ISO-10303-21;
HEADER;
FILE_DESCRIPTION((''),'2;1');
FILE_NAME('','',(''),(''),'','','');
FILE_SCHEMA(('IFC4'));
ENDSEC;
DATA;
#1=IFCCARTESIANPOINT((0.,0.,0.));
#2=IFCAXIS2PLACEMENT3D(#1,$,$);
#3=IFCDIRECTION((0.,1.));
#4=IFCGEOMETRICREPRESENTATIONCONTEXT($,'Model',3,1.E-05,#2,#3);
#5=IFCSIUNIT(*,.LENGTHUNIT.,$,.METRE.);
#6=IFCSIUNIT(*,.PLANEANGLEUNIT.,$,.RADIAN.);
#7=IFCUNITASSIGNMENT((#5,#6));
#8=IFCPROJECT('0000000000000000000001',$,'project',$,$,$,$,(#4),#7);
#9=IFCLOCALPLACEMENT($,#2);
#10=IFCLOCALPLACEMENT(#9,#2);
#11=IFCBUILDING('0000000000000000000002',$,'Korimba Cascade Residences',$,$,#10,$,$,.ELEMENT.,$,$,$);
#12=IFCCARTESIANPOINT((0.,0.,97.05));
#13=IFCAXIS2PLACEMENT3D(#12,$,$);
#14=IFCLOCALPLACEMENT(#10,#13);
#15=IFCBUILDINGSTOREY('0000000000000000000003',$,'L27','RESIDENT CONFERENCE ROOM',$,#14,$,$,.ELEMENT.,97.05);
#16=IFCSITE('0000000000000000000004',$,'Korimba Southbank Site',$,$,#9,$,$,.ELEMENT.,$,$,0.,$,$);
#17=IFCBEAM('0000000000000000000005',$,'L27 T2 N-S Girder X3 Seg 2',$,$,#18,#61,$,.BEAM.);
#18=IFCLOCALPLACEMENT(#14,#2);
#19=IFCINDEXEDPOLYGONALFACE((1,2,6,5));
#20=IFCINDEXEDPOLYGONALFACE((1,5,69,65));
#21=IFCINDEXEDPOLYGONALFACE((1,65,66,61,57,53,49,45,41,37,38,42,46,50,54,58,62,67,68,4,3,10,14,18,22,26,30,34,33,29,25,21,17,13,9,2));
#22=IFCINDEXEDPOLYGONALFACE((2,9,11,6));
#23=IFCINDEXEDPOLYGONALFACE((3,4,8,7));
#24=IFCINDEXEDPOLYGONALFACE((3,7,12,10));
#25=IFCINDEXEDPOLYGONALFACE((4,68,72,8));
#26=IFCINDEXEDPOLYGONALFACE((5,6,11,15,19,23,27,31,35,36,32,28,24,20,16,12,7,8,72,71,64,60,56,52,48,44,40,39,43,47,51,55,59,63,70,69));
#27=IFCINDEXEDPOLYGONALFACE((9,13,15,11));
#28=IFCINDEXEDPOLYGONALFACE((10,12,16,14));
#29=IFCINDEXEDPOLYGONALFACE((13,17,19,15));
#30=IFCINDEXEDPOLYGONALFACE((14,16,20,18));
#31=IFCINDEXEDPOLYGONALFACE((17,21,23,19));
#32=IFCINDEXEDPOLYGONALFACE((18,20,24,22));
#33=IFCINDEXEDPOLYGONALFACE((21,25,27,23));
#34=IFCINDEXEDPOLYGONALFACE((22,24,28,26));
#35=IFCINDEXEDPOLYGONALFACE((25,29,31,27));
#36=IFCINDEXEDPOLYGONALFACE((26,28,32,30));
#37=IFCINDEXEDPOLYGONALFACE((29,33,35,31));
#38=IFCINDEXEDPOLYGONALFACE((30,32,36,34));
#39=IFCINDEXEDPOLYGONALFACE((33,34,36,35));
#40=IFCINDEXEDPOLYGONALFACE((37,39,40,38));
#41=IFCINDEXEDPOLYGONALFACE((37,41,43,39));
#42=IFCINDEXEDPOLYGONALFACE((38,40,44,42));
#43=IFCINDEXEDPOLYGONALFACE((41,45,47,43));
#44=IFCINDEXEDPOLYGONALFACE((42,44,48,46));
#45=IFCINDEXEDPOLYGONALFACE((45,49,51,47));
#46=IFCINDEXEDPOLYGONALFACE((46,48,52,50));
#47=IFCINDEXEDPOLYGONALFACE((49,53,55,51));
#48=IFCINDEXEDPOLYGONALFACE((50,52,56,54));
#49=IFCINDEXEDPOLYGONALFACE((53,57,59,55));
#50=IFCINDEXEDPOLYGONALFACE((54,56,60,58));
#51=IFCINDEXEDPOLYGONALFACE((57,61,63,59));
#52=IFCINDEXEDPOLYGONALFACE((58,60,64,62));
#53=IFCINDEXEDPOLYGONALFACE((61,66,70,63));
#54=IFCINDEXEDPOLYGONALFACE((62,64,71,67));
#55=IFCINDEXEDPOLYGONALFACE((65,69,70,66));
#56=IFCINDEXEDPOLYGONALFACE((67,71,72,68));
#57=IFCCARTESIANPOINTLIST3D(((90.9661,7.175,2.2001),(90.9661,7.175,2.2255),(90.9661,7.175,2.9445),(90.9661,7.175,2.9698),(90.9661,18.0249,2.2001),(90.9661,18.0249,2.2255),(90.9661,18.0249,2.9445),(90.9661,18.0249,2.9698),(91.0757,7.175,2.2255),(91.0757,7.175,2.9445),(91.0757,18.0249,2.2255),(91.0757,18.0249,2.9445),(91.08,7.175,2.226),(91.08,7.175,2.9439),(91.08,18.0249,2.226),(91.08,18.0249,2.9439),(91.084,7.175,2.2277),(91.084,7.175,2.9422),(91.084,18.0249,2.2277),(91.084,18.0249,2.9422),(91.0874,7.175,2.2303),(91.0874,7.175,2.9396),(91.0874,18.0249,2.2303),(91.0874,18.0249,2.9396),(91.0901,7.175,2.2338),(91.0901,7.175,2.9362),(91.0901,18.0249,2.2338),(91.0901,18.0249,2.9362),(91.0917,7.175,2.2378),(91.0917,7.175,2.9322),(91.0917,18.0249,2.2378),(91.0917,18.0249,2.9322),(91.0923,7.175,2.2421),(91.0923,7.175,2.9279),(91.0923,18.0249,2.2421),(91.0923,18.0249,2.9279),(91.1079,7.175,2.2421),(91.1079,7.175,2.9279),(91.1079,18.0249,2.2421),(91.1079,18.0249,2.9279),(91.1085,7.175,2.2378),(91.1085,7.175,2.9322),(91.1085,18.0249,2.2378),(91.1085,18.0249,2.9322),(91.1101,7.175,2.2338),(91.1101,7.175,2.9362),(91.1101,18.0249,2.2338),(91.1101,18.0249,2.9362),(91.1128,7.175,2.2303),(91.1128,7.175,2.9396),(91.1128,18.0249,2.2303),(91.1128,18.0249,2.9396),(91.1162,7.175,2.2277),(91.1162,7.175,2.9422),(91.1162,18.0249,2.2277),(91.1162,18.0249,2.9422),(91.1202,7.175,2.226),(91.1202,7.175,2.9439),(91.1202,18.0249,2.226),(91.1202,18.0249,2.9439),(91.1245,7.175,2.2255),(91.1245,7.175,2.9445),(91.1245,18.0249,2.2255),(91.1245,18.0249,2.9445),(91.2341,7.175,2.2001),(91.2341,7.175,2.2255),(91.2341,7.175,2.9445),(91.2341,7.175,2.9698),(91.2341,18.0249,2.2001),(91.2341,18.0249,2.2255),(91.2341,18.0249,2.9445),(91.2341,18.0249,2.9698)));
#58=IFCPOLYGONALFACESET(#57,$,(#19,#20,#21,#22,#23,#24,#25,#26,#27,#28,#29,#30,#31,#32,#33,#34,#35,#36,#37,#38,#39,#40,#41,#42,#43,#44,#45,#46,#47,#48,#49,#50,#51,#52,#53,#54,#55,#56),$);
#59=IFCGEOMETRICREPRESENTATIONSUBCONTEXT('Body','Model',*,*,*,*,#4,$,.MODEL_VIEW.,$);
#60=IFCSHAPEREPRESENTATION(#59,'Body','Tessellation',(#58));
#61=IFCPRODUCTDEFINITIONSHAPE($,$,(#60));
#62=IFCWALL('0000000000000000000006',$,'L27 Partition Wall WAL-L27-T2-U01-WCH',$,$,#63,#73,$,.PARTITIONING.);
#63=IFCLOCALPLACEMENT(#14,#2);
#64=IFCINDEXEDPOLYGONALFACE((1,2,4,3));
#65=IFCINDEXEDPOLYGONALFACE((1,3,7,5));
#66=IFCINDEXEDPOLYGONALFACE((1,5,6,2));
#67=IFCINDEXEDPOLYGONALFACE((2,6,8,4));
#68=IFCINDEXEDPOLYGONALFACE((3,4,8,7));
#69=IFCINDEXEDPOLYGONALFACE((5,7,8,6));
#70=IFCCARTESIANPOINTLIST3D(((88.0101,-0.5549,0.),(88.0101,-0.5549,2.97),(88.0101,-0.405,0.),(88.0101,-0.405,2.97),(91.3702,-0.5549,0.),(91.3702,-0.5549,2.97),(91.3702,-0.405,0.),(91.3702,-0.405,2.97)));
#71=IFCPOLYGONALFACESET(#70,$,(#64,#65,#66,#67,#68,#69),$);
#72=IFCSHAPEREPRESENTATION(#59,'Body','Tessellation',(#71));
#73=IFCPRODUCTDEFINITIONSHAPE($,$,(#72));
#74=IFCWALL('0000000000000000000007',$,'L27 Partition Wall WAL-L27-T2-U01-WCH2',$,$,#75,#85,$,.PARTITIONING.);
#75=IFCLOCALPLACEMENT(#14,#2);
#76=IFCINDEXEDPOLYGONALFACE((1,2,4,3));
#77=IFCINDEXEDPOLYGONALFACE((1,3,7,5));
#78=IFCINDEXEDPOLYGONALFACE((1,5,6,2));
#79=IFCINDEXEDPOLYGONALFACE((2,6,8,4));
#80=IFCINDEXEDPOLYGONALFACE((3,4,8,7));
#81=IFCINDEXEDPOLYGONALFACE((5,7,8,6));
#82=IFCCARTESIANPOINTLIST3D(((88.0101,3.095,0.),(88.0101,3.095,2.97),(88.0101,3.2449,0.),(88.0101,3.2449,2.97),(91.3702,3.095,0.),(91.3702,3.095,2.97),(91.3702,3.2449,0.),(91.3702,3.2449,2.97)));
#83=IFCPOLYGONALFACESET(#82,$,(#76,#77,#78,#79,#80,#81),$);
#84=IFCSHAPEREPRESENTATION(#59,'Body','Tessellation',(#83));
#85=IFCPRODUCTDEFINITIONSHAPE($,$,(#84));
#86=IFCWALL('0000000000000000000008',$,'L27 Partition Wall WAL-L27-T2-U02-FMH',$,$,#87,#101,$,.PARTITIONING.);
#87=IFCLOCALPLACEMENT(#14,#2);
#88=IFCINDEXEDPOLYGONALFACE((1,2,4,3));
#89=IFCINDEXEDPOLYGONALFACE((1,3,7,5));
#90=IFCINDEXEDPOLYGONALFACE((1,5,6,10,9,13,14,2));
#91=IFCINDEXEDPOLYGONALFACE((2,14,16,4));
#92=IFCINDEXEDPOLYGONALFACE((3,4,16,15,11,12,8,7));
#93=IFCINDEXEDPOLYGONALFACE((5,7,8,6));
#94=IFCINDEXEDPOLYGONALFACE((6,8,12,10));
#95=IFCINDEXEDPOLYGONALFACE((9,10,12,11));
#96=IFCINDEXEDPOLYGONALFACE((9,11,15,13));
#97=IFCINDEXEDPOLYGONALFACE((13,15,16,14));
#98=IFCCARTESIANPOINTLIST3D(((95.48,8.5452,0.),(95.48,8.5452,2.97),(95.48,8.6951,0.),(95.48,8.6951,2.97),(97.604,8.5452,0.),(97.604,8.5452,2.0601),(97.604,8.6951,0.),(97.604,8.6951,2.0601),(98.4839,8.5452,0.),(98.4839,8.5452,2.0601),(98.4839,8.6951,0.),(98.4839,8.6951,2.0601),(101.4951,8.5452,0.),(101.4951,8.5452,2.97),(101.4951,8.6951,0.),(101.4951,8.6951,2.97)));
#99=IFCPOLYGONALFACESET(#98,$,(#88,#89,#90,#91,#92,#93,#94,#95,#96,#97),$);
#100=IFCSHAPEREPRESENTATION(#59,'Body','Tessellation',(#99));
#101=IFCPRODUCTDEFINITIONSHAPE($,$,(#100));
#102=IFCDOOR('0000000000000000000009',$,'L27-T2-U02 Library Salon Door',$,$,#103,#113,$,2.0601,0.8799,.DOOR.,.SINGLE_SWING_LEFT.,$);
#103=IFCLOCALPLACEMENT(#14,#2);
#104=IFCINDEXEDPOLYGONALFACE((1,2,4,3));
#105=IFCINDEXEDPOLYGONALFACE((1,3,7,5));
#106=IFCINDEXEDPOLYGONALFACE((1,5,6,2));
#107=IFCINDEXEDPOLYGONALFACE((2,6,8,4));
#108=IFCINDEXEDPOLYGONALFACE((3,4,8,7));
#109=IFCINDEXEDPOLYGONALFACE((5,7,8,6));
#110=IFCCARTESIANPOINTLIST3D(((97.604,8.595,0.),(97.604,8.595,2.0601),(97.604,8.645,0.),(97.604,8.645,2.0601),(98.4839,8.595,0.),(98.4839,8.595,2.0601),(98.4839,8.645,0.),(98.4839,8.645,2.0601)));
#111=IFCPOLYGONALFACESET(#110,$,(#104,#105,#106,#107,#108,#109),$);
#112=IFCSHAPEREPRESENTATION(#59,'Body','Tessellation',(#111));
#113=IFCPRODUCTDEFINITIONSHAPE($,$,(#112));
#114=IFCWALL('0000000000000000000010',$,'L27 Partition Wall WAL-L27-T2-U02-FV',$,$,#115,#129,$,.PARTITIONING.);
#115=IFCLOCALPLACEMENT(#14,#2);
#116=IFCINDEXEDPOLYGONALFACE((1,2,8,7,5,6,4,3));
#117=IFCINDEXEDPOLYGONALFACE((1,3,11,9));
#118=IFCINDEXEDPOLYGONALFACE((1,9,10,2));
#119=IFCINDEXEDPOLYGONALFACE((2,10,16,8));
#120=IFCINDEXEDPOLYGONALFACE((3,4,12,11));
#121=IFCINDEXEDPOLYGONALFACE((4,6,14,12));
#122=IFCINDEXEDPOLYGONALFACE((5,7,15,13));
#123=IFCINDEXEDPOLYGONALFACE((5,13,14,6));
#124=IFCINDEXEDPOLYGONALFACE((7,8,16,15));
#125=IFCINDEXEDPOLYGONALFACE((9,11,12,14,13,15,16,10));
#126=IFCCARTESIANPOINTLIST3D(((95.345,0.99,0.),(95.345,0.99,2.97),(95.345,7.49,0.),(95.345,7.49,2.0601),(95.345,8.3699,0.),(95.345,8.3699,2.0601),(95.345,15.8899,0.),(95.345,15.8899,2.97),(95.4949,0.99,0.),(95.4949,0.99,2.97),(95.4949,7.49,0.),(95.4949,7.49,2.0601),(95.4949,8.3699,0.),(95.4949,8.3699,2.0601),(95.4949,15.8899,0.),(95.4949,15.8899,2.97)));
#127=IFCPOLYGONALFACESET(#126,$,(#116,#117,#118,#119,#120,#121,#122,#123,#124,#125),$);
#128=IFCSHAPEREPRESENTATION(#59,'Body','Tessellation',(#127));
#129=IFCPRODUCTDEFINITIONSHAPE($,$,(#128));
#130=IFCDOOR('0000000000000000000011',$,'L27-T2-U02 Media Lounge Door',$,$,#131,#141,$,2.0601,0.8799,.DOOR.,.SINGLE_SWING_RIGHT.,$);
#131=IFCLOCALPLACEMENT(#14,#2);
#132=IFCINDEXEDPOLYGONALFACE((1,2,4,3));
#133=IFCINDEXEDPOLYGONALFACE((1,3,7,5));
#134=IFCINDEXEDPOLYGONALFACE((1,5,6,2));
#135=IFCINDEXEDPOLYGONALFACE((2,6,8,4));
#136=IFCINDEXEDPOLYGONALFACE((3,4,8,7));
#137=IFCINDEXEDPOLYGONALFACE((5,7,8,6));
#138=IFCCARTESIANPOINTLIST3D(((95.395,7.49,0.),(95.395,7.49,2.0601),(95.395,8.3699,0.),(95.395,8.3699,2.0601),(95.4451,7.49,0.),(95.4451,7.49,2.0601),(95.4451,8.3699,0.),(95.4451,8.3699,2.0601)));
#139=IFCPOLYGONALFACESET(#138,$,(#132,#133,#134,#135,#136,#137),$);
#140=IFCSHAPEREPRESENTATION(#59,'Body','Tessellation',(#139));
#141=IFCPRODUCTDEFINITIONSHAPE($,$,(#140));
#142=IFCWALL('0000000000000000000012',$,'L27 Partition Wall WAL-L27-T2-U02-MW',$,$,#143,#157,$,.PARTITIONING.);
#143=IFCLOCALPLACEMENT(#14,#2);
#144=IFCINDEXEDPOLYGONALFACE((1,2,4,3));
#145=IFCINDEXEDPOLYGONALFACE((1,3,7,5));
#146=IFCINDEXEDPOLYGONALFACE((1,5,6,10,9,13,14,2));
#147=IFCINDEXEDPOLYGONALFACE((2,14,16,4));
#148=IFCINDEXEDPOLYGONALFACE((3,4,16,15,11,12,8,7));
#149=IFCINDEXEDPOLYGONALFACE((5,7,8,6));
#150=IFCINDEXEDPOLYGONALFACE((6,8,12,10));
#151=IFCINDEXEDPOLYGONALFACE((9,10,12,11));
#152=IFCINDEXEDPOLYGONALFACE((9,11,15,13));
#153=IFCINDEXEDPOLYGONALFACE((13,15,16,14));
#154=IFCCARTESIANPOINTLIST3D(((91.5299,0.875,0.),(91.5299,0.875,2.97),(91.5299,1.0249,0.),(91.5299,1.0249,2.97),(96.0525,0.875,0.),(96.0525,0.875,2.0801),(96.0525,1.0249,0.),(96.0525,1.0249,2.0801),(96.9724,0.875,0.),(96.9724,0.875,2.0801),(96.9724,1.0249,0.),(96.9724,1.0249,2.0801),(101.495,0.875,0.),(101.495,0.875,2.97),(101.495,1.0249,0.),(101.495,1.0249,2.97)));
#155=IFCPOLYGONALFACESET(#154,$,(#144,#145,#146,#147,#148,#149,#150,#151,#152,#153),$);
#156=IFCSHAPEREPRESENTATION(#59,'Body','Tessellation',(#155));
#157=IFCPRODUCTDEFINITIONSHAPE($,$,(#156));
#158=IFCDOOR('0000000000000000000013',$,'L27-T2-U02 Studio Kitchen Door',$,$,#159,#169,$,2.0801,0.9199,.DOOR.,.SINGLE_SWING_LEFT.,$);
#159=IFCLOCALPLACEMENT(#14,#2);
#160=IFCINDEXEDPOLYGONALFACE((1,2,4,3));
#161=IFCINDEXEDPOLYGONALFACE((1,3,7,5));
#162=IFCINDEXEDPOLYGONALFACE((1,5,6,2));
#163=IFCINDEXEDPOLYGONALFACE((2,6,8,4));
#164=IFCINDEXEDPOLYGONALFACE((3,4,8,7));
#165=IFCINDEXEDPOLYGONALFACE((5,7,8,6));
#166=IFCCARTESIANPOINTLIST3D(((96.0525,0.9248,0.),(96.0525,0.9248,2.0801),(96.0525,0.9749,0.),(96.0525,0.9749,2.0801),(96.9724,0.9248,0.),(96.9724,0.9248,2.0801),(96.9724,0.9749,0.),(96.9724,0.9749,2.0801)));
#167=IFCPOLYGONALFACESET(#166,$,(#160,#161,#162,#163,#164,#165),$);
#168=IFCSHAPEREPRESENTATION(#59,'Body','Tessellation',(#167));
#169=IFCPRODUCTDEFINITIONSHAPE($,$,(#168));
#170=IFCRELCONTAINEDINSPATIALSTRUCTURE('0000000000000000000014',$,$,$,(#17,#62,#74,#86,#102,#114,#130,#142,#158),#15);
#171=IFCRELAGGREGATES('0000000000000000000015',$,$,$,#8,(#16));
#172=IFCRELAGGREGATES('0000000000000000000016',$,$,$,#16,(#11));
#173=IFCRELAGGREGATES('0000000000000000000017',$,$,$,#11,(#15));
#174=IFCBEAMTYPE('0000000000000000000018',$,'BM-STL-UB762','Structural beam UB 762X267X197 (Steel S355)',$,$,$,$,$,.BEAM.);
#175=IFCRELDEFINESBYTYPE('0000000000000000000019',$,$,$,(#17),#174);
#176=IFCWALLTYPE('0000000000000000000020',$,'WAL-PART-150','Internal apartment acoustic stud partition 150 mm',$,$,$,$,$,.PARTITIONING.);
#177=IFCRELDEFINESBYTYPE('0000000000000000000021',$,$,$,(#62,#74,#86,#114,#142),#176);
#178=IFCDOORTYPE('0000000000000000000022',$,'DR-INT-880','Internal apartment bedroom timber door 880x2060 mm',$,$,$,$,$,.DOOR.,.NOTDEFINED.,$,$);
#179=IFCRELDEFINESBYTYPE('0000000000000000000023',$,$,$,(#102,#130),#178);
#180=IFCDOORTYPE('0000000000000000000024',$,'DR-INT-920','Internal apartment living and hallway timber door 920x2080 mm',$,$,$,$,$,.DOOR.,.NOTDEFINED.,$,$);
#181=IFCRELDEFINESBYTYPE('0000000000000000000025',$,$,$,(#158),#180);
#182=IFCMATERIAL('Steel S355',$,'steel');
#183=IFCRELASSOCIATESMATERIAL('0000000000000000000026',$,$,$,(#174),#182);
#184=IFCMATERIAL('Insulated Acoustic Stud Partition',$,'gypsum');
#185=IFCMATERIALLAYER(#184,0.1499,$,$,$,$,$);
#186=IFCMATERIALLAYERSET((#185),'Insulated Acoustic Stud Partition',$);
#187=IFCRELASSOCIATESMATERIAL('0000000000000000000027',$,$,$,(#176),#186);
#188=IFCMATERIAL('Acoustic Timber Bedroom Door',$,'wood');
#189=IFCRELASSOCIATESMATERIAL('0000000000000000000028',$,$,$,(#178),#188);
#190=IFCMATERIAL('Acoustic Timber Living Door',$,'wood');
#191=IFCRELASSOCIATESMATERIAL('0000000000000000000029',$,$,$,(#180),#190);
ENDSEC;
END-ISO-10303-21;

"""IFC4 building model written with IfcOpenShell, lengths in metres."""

from ifc_helpers import new_model, si_unit, direction, frame, frame_2d, origin, origin_2d, place, context, subcontext, project, spatial, rectangle, i_section, extrude, material, layer, layer_set, material_profile, profile_set, type_object, element, fill, save


model = new_model("IFC4")

# Units and contexts
model_context = context("Model", 3, precision=1e-05, world=origin(), true_north=direction((0.0, 1.0)))
body_context = subcontext(model_context, "Body", "Model", "MODEL_VIEW")
ifc_project = project(units=[si_unit("LENGTHUNIT", "METRE"), si_unit("PLANEANGLEUNIT", "RADIAN")], contexts=[model_context])

# Site, building, storey
site_placement = place(None, origin())
site = spatial("IfcSite", under=ifc_project, at=site_placement, Name="Korimba Southbank Site", CompositionType="ELEMENT", RefElevation=0.0)
building_placement = place(site_placement, origin())
building = spatial("IfcBuilding", under=site, at=building_placement, Name="Korimba Cascade Residences", CompositionType="ELEMENT")
storey_placement = place(building_placement, frame((0.0, 0.0, 97.05)))
storey = spatial("IfcBuildingStorey", under=building, at=storey_placement, Name="L27", Description="RESIDENT CONFERENCE ROOM", CompositionType="ELEMENT", Elevation=97.05)

# Beam
ifc_material_1 = material(Name="Steel S355", Category="steel")
ifc_material_profile_1 = material_profile(ifc_material_1, i_section(OverallWidth=0.2681, OverallDepth=0.7698, WebThickness=0.0156, FlangeThickness=0.0254, FilletRadius=0.0166, at=origin_2d()), Name="Steel S355")
ifc_profile_set_1 = profile_set([ifc_material_profile_1], Name="Steel S355")
beam_type_1 = type_object("IfcBeamType", Name="BM-STL-UB762", Description="Structural beam UB 762X267X197 (Steel S355)", PredefinedType="BEAM", material=ifc_profile_set_1)
for number, where, z_axis, x_axis, name in (
    (1, (91.1001, 7.175, 2.585), (0.0, 1.0, 0.0), (-1.0, 0.0, 0.0), "L27 T2 N-S Girder X3 Seg 2"),
):
    element("IfcBeam", number, at=place(storey_placement, frame(where, z_axis=z_axis, x_axis=x_axis)), inside=storey, type_object=beam_type_1, Name=name, PredefinedType="BEAM", context=body_context, shape_type="SweptSolid", body=[
        extrude(i_section(OverallWidth=0.2681, OverallDepth=0.7698, WebThickness=0.0156, FlangeThickness=0.0254, FilletRadius=0.0166, at=origin_2d()), origin(), (0.0, 0.0, 1.0), 10.8499),
    ])

# Walls
ifc_material_2 = material(Name="Insulated Acoustic Stud Partition", Category="gypsum")
ifc_layer = layer(ifc_material_2, 0.1499)
ifc_layer_set = layer_set([ifc_layer], Name="Insulated Acoustic Stud Partition")
wall_type = type_object("IfcWallType", Name="WAL-PART-150", Description="Internal apartment acoustic stud partition 150 mm", PredefinedType="PARTITIONING", material=ifc_layer_set)
for number, where, z_axis, x_axis, name in (
    (2, (88.01, -0.48, 0.0), (0.0, 0.0, 1.0), (1.0, 0.0, 0.0), "L27 Partition Wall WAL-L27-T2-U01-WCH"),
    (3, (88.01, 3.1699, 0.0), (0.0, 0.0, 1.0), (1.0, 0.0, 0.0), "L27 Partition Wall WAL-L27-T2-U01-WCH2"),
):
    element("IfcWall", number, at=place(storey_placement, frame(where, z_axis=z_axis, x_axis=x_axis)), inside=storey, type_object=wall_type, Name=name, PredefinedType="PARTITIONING", context=body_context, shape_type="SweptSolid", body=[
        extrude(rectangle(XDim=3.3601, YDim=0.1499, at=frame_2d((1.6802, 0.0))), origin(), (0.0, 0.0, 1.0), 2.97),
    ])

# Walls, openings, doors
wall_1_placement = place(storey_placement, frame((95.48, 8.6201, 0.0), z_axis=(0.0, 0.0, 1.0), x_axis=(1.0, 0.0, 0.0)))
wall_1 = element("IfcWall", 4, at=wall_1_placement, inside=storey, type_object=wall_type, Name="L27 Partition Wall WAL-L27-T2-U02-FMH", PredefinedType="PARTITIONING", context=body_context, shape_type="SweptSolid", body=[
    extrude(rectangle(XDim=6.0151, YDim=0.1499, at=frame_2d((3.0076, 0.0))), origin(), (0.0, 0.0, 1.0), 2.97),
])
opening_1_placement = place(wall_1_placement, frame((2.124, 0.0, 0.0)))
opening_1 = element("IfcOpeningElement", 5, at=opening_1_placement, cuts=wall_1, PredefinedType="OPENING", context=body_context, shape_type="SweptSolid", body=[
    extrude(rectangle(XDim=0.8799, YDim=2.0601, at=frame_2d((0.4399, 1.03))), frame((0.0, 0.085, 0.0), z_axis=(0.0, -1.0, 0.0), x_axis=(1.0, 0.0, 0.0)), (0.0, 0.0, 1.0), 0.1699),
])
ifc_material_3 = material(Name="Acoustic Timber Bedroom Door", Category="wood")
door_type_1 = type_object("IfcDoorType", Name="DR-INT-880", Description="Internal apartment bedroom timber door 880x2060 mm", OperationType="NOTDEFINED", PredefinedType="DOOR", material=ifc_material_3)
door_1_placement = place(opening_1_placement, origin())
door_1 = element("IfcDoor", 6, at=door_1_placement, inside=storey, type_object=door_type_1, Name="L27-T2-U02 Library Salon Door", OperationType="SINGLE_SWING_LEFT", OverallHeight=2.0601, OverallWidth=0.8799, PredefinedType="DOOR", context=body_context, shape_type="SweptSolid", body=[
    extrude(rectangle(XDim=0.8799, YDim=2.0601, at=frame_2d((0.4399, 1.03))), frame((0.0, 0.0249, 0.0), z_axis=(0.0, -1.0, 0.0), x_axis=(1.0, 0.0, 0.0)), (0.0, 0.0, 1.0), 0.05),
])
fill(opening_1, door_1)
wall_2_placement = place(storey_placement, frame((95.4199, 0.99, 0.0), z_axis=(0.0, 0.0, 1.0), x_axis=(0.0, 1.0, 0.0)))
wall_2 = element("IfcWall", 7, at=wall_2_placement, inside=storey, type_object=wall_type, Name="L27 Partition Wall WAL-L27-T2-U02-FV", PredefinedType="PARTITIONING", context=body_context, shape_type="SweptSolid", body=[
    extrude(rectangle(XDim=14.8999, YDim=0.1499, at=frame_2d((7.45, 0.0))), origin(), (0.0, 0.0, 1.0), 2.97),
])
opening_2_placement = place(wall_2_placement, frame((6.5, 0.0, 0.0)))
opening_2 = element("IfcOpeningElement", 8, at=opening_2_placement, cuts=wall_2, PredefinedType="OPENING", context=body_context, shape_type="SweptSolid", body=[
    extrude(rectangle(XDim=0.8799, YDim=2.0601, at=frame_2d((0.4399, 1.03))), frame((0.0, 0.085, 0.0), z_axis=(0.0, -1.0, 0.0), x_axis=(1.0, 0.0, 0.0)), (0.0, 0.0, 1.0), 0.1699),
])
door_2_placement = place(opening_2_placement, origin())
door_2 = element("IfcDoor", 9, at=door_2_placement, inside=storey, type_object=door_type_1, Name="L27-T2-U02 Media Lounge Door", OperationType="SINGLE_SWING_RIGHT", OverallHeight=2.0601, OverallWidth=0.8799, PredefinedType="DOOR", context=body_context, shape_type="SweptSolid", body=[
    extrude(rectangle(XDim=0.8799, YDim=2.0601, at=frame_2d((0.4399, 1.03))), frame((0.0, 0.0249, 0.0), z_axis=(0.0, -1.0, 0.0), x_axis=(1.0, 0.0, 0.0)), (0.0, 0.0, 1.0), 0.05),
])
fill(opening_2, door_2)
wall_3_placement = place(storey_placement, frame((91.53, 0.95, 0.0), z_axis=(0.0, 0.0, 1.0), x_axis=(1.0, 0.0, 0.0)))
wall_3 = element("IfcWall", 10, at=wall_3_placement, inside=storey, type_object=wall_type, Name="L27 Partition Wall WAL-L27-T2-U02-MW", PredefinedType="PARTITIONING", context=body_context, shape_type="SweptSolid", body=[
    extrude(rectangle(XDim=9.9651, YDim=0.1499, at=frame_2d((4.9824, 0.0))), origin(), (0.0, 0.0, 1.0), 2.97),
])
opening_3_placement = place(wall_3_placement, frame((4.5225, 0.0, 0.0)))
opening_3 = element("IfcOpeningElement", 11, at=opening_3_placement, cuts=wall_3, PredefinedType="OPENING", context=body_context, shape_type="SweptSolid", body=[
    extrude(rectangle(XDim=0.9199, YDim=2.0801, at=frame_2d((0.46, 1.04))), frame((0.0, 0.085, 0.0), z_axis=(0.0, -1.0, 0.0), x_axis=(1.0, 0.0, 0.0)), (0.0, 0.0, 1.0), 0.1699),
])
ifc_material_4 = material(Name="Acoustic Timber Living Door", Category="wood")
door_type_2 = type_object("IfcDoorType", Name="DR-INT-920", Description="Internal apartment living and hallway timber door 920x2080 mm", OperationType="NOTDEFINED", PredefinedType="DOOR", material=ifc_material_4)
door_3_placement = place(opening_3_placement, origin())
door_3 = element("IfcDoor", 12, at=door_3_placement, inside=storey, type_object=door_type_2, Name="L27-T2-U02 Studio Kitchen Door", OperationType="SINGLE_SWING_LEFT", OverallHeight=2.0801, OverallWidth=0.9199, PredefinedType="DOOR", context=body_context, shape_type="SweptSolid", body=[
    extrude(rectangle(XDim=0.9199, YDim=2.0801, at=frame_2d((0.46, 1.04))), frame((0.0, 0.0249, 0.0), z_axis=(0.0, -1.0, 0.0), x_axis=(1.0, 0.0, 0.0)), (0.0, 0.0, 1.0), 0.05),
])
fill(opening_3, door_3)

save(model, "model.ifc")
